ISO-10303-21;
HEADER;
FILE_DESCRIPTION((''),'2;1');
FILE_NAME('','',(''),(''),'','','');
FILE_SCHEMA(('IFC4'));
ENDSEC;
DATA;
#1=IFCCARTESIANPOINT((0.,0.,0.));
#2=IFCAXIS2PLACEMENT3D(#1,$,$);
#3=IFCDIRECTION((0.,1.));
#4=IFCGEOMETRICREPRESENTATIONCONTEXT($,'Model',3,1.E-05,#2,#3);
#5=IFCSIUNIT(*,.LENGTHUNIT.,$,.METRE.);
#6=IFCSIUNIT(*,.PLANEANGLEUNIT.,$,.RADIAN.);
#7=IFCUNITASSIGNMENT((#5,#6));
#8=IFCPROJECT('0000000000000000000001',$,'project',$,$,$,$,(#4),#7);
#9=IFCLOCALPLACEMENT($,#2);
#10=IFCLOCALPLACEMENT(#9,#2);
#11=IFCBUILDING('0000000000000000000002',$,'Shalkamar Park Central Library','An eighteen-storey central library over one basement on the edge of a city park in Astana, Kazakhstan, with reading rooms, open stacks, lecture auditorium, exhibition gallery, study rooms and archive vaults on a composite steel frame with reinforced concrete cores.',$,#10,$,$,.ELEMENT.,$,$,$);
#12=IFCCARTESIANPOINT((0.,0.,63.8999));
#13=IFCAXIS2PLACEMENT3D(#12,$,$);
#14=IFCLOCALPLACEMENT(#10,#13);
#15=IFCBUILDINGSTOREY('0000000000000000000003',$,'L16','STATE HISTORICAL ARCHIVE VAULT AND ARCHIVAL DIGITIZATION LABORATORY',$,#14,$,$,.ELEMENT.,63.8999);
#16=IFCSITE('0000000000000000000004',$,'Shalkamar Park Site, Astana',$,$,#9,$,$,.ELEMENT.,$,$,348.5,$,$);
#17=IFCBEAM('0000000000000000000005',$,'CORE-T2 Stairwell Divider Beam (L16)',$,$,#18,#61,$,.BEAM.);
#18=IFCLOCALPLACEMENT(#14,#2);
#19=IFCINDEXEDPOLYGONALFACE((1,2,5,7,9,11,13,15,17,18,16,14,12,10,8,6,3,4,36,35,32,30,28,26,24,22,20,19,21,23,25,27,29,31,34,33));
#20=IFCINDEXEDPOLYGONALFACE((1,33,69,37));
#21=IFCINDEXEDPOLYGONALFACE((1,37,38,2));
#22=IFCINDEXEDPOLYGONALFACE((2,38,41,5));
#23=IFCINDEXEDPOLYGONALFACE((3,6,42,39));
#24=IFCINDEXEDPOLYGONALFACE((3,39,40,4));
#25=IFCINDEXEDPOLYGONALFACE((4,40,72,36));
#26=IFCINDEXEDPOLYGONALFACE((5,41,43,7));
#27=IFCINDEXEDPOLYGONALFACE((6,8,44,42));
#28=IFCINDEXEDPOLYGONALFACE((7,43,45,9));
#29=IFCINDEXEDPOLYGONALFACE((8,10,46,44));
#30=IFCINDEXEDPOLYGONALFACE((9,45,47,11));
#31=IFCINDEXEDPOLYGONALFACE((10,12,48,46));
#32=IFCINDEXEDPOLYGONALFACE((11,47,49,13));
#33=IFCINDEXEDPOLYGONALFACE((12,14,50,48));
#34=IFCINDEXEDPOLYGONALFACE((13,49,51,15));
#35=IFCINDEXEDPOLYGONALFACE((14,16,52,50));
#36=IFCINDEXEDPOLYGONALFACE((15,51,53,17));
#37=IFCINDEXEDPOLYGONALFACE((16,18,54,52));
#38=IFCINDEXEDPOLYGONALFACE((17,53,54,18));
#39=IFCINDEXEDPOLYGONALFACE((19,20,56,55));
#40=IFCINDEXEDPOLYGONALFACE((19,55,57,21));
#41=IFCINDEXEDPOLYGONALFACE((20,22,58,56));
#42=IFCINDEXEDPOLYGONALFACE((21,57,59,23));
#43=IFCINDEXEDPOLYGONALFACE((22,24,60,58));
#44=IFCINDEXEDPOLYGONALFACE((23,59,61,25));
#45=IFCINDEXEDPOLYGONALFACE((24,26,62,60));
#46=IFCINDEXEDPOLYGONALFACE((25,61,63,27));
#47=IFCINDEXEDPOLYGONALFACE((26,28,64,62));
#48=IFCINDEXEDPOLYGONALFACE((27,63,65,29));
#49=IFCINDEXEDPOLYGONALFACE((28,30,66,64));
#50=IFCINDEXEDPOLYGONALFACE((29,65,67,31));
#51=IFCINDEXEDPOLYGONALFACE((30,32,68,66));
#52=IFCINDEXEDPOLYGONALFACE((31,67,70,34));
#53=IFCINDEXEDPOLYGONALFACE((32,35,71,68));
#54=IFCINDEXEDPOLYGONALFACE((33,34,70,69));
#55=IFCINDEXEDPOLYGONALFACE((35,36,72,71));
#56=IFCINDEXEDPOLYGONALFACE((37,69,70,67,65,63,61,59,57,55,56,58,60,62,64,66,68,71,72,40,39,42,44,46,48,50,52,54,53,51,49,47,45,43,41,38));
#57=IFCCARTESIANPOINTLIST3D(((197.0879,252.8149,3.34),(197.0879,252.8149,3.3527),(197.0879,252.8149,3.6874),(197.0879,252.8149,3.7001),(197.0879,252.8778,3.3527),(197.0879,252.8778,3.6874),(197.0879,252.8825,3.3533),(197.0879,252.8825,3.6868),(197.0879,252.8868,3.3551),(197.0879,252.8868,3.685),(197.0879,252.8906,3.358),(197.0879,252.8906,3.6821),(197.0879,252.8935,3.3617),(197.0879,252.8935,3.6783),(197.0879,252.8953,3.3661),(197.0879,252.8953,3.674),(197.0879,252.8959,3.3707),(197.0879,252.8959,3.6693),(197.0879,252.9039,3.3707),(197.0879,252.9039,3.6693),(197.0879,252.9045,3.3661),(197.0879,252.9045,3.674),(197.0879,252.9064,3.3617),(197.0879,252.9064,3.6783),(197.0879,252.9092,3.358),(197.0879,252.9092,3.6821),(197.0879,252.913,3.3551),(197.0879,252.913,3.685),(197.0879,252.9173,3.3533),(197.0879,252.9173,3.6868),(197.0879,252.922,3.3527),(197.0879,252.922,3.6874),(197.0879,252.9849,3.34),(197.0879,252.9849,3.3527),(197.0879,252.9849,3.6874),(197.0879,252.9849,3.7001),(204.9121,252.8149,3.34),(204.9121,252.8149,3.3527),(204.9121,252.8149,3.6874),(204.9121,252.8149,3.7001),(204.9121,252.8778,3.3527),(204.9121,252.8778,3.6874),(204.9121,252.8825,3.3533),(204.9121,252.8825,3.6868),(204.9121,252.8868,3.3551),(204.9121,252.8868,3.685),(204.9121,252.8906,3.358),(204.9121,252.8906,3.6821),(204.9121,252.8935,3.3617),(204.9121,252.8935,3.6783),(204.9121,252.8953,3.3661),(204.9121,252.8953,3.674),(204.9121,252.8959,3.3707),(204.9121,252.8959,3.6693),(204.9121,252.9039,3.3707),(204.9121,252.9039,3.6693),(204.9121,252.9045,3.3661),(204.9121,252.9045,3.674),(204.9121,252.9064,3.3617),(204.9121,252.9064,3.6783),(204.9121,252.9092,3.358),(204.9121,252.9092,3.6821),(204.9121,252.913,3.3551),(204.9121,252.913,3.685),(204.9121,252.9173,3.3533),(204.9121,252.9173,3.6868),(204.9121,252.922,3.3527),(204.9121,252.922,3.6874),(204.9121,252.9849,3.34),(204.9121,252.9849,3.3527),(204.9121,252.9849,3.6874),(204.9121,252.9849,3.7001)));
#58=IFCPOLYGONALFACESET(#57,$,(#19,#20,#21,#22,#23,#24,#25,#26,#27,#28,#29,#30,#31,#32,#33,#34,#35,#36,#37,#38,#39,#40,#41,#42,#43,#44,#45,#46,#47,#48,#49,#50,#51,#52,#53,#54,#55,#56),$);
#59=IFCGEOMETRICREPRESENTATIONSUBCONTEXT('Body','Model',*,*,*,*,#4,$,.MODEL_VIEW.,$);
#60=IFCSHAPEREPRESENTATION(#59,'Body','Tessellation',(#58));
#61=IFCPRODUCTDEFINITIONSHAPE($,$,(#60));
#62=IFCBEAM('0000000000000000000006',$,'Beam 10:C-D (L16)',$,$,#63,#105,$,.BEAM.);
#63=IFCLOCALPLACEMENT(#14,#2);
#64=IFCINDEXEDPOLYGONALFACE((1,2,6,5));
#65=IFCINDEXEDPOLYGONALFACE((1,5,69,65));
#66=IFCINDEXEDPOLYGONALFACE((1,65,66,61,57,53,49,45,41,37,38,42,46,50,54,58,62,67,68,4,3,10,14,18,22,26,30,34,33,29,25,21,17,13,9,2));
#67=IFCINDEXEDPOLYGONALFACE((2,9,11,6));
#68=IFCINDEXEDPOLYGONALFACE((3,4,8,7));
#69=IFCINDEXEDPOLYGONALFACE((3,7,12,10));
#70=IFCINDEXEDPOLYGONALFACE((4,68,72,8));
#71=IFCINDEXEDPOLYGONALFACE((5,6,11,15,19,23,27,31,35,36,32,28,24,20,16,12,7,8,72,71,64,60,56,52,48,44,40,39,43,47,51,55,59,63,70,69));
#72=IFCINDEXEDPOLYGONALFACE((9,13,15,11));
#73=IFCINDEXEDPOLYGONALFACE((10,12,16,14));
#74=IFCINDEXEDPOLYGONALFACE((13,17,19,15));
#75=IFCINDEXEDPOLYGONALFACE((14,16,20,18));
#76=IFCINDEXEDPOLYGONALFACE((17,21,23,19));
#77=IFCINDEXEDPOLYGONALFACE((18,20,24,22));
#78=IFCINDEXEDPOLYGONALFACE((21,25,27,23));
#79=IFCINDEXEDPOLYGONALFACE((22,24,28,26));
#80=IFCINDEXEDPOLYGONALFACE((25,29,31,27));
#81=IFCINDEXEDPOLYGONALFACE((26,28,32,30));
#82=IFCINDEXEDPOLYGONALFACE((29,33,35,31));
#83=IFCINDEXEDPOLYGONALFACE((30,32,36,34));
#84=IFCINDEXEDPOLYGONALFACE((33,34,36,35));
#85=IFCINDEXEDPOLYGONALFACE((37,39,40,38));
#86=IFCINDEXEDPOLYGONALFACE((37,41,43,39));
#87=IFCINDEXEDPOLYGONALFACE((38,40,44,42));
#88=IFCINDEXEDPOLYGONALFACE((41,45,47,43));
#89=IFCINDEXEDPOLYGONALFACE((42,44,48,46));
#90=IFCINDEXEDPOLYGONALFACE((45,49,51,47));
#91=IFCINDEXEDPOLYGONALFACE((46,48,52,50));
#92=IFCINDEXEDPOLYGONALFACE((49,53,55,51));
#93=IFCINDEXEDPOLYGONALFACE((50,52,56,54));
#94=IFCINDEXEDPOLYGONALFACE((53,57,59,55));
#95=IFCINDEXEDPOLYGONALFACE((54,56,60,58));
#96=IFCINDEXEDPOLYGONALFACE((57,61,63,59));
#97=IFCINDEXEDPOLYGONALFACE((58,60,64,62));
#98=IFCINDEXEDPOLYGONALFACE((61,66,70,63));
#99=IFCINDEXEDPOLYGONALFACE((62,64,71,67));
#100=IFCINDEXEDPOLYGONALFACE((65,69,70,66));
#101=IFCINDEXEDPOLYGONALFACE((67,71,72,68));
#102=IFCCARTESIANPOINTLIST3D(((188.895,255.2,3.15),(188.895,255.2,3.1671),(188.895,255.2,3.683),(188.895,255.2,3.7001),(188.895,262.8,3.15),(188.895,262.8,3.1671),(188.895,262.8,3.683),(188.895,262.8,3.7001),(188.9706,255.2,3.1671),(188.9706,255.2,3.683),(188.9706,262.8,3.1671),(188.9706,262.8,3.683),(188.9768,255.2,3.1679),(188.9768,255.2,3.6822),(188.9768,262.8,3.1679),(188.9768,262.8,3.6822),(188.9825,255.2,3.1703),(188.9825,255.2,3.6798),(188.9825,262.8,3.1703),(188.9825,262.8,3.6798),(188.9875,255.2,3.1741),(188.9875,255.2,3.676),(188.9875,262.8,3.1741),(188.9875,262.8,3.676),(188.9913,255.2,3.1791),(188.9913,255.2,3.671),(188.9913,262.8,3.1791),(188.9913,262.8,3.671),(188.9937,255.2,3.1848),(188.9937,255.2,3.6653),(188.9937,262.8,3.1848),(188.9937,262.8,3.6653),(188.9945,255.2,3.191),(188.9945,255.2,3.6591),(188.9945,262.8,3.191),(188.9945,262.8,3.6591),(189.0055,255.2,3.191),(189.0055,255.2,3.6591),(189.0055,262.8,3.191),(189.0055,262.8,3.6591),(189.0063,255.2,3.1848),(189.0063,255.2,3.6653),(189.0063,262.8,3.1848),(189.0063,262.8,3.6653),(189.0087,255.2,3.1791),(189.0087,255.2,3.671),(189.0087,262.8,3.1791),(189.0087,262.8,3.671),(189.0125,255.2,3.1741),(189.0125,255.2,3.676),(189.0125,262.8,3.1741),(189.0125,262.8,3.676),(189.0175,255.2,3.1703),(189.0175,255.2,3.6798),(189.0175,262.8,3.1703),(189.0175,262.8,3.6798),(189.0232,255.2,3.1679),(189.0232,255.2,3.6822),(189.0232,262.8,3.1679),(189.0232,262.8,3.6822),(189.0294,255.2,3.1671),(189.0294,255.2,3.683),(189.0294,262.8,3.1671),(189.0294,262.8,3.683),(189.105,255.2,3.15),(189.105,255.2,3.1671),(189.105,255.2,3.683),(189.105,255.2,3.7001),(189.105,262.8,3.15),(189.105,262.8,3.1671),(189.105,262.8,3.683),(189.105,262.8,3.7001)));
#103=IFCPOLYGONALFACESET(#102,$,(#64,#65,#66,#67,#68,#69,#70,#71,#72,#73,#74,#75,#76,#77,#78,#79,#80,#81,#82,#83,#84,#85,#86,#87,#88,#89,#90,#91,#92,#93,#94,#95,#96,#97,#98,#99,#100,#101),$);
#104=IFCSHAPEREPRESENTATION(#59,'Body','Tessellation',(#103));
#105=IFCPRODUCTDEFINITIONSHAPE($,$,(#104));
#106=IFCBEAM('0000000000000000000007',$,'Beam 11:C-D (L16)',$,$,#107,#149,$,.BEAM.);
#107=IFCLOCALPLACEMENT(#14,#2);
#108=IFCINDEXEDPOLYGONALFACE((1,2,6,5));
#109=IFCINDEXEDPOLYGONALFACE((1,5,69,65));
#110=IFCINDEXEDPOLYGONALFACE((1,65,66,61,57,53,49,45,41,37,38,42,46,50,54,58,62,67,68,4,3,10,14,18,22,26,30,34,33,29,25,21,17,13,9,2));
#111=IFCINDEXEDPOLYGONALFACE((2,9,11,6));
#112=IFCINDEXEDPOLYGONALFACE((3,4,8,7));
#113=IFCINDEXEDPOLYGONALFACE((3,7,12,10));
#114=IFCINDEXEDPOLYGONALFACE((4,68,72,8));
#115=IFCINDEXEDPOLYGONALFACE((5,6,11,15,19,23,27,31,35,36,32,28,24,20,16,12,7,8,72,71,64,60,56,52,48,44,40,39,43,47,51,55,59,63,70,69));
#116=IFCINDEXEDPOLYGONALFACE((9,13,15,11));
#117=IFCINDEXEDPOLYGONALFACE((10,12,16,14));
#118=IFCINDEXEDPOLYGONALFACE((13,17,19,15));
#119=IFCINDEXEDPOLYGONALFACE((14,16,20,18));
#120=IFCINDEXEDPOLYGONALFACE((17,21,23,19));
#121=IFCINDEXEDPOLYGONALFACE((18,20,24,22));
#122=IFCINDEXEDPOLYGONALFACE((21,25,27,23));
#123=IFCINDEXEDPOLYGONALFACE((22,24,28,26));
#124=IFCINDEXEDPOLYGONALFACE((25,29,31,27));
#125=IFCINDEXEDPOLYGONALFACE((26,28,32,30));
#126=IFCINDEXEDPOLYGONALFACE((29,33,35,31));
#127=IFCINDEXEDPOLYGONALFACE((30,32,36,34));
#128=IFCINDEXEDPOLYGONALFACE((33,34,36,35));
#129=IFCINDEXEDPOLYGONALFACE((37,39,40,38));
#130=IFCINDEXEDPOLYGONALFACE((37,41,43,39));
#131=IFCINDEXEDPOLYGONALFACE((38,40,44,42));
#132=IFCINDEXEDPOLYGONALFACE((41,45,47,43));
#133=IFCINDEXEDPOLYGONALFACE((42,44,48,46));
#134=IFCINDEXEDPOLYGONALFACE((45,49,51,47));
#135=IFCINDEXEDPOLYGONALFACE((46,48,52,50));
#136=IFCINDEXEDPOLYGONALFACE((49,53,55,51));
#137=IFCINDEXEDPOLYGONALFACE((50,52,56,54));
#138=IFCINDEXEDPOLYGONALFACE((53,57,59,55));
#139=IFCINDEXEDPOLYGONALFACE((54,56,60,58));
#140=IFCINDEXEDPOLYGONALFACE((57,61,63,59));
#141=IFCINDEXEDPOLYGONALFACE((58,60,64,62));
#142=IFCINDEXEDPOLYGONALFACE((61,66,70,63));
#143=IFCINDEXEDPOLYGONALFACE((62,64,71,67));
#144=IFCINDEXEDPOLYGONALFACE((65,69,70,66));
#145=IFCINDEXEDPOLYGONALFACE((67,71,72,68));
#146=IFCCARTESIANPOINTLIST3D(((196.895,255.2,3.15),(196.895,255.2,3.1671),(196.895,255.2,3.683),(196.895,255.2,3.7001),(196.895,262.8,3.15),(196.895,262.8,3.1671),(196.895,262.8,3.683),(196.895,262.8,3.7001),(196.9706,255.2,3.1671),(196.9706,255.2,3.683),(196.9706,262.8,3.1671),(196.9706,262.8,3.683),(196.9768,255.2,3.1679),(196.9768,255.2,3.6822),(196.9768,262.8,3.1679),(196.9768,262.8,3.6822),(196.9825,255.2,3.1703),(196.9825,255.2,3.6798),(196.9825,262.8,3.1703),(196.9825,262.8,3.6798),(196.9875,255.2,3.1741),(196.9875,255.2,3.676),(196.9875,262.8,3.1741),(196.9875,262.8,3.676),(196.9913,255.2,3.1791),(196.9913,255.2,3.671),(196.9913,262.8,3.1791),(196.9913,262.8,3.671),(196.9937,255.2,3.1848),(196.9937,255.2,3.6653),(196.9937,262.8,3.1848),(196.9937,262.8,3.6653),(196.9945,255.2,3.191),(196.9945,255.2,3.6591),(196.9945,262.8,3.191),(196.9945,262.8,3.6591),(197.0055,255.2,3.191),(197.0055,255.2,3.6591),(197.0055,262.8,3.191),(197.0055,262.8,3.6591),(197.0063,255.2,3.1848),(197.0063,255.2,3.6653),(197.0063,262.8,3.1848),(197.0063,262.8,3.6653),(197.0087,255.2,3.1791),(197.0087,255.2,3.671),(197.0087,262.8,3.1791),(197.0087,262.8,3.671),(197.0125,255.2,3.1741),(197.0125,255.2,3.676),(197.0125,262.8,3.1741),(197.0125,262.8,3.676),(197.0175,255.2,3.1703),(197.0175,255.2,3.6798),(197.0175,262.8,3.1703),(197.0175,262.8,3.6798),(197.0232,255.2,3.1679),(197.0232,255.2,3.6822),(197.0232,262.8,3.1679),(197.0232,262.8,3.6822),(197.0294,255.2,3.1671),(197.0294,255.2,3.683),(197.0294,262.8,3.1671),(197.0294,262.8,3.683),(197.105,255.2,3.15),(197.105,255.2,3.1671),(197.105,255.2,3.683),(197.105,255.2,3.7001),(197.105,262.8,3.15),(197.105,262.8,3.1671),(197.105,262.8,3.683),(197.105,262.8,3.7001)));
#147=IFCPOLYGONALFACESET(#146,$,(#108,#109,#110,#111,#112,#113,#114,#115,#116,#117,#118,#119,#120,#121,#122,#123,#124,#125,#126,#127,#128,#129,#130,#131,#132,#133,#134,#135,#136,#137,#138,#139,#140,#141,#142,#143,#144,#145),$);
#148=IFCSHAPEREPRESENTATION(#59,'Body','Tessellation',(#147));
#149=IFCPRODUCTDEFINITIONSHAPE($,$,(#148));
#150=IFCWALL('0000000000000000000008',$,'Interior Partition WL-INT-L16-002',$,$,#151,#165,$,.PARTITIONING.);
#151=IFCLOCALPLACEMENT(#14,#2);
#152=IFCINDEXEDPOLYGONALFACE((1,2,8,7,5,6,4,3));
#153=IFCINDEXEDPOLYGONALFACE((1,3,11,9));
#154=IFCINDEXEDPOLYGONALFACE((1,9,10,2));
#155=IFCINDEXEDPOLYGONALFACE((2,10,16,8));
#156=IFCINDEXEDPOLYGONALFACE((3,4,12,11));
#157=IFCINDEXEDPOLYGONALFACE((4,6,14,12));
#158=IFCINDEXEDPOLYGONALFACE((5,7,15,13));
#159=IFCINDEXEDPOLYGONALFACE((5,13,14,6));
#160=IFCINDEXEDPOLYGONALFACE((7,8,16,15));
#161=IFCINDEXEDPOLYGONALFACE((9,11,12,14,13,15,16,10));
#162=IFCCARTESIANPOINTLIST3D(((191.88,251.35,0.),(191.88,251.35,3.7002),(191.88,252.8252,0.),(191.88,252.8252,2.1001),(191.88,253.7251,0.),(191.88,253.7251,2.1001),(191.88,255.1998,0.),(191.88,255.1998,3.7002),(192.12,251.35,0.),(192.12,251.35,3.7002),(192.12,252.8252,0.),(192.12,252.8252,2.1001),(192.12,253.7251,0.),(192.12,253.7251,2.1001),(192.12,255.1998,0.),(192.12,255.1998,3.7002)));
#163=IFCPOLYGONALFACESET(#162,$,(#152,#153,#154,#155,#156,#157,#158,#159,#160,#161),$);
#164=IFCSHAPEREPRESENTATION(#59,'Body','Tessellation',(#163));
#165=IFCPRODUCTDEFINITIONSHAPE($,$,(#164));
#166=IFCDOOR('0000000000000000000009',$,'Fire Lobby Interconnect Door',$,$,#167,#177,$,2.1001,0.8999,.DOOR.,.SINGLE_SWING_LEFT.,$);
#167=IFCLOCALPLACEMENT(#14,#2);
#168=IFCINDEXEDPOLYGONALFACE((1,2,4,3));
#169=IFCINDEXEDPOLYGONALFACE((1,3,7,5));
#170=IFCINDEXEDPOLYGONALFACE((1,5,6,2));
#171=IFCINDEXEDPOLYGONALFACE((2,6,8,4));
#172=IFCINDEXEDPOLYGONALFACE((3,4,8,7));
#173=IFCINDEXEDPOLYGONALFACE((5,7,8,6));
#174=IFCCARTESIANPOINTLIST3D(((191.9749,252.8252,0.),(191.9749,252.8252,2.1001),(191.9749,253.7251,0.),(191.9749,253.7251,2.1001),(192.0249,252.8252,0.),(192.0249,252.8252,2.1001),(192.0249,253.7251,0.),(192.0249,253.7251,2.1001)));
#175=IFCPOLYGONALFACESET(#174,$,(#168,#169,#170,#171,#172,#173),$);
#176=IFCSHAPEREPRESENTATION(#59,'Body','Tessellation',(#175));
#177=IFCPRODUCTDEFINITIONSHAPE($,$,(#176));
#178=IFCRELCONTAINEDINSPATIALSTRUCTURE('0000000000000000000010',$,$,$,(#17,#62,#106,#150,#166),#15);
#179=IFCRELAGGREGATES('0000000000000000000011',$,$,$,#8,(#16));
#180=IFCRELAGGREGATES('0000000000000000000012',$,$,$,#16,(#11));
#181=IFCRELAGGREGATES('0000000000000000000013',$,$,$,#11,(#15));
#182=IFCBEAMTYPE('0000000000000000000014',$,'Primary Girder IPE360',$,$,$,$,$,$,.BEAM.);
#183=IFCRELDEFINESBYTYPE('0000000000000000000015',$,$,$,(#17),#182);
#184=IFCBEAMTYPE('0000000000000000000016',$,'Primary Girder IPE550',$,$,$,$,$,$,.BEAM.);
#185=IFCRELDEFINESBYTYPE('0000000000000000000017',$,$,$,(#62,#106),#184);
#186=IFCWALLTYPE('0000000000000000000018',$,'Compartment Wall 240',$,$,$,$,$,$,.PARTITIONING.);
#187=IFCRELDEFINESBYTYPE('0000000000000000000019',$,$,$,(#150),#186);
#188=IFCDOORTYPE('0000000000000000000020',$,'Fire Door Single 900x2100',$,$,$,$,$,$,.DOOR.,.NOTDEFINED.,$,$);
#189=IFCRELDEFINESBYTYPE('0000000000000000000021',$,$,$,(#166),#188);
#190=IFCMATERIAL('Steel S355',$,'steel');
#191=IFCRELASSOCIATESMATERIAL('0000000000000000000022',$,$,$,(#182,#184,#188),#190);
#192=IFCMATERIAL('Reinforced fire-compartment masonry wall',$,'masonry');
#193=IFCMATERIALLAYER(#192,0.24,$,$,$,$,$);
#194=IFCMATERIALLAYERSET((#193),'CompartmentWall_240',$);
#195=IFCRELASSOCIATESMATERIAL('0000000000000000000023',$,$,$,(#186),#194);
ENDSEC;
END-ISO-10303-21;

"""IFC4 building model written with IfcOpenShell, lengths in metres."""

from ifc_helpers import new_model, si_unit, direction, frame, frame_2d, origin, origin_2d, place, context, subcontext, project, spatial, rectangle, i_section, extrude, material, layer, layer_set, material_profile, profile_set, type_object, element, fill, save


model = new_model("IFC4")

# Units and contexts
model_context = context("Model", 3, precision=1e-05, world=origin(), true_north=direction((0.0, 1.0)))
body_context = subcontext(model_context, "Body", "Model", "MODEL_VIEW")
ifc_project = project(units=[si_unit("LENGTHUNIT", "METRE"), si_unit("PLANEANGLEUNIT", "RADIAN")], contexts=[model_context])

# Site, building, storey
site_placement = place(None, origin())
site = spatial("IfcSite", under=ifc_project, at=site_placement, Name="Shalkamar Park Site, Astana", CompositionType="ELEMENT", RefElevation=348.5)
building_placement = place(site_placement, origin())
building = spatial("IfcBuilding", under=site, at=building_placement, Name="Shalkamar Park Central Library", Description="An eighteen-storey central library over one basement on the edge of a city park in Astana, Kazakhstan, with reading rooms, open stacks, lecture auditorium, exhibition gallery, study rooms and archive vaults on a composite steel frame with reinforced concrete cores.", CompositionType="ELEMENT")
storey_placement = place(building_placement, frame((0.0, 0.0, 63.8999)))
storey = spatial("IfcBuildingStorey", under=building, at=storey_placement, Name="L16", Description="STATE HISTORICAL ARCHIVE VAULT AND ARCHIVAL DIGITIZATION LABORATORY", CompositionType="ELEMENT", Elevation=63.8999)

# Shared definitions
ifc_material_1 = material(Name="Steel S355", Category="steel")

# Beams
ifc_material_profile_1 = material_profile(ifc_material_1, i_section(OverallWidth=0.1699, OverallDepth=0.3601, WebThickness=0.0081, FlangeThickness=0.0127, FilletRadius=0.0181, at=origin_2d()), Name="IPE 360")
ifc_profile_set_1 = profile_set([ifc_material_profile_1], Name="Steel S355")
beam_type_1 = type_object("IfcBeamType", Name="Primary Girder IPE360", PredefinedType="BEAM", material=ifc_profile_set_1)
beam_1_placement = place(storey_placement, frame((197.0879, 252.8999, 3.52), z_axis=(1.0, 0.0, 0.0), x_axis=(0.0, 1.0, 0.0)))
element("IfcBeam", 1, at=beam_1_placement, inside=storey, type_object=beam_type_1, Name="CORE-T2 Stairwell Divider Beam (L16)", PredefinedType="BEAM", context=body_context, shape_type="SweptSolid", body=[
    extrude(i_section(OverallWidth=0.1699, OverallDepth=0.3601, WebThickness=0.0081, FlangeThickness=0.0127, FilletRadius=0.0181, at=origin_2d()), origin(), (0.0, 0.0, 1.0), 7.8242),
])
ifc_material_profile_2 = material_profile(ifc_material_1, i_section(OverallWidth=0.21, OverallDepth=0.55, WebThickness=0.011, FlangeThickness=0.0171, FilletRadius=0.0239, at=origin_2d()), Name="IPE 550")
ifc_profile_set_2 = profile_set([ifc_material_profile_2], Name="Steel S355")
beam_type_2 = type_object("IfcBeamType", Name="Primary Girder IPE550", PredefinedType="BEAM", material=ifc_profile_set_2)
for number, where, z_axis, x_axis, name in (
    (2, (189.0, 255.2, 3.425), (0.0, 1.0, 0.0), (-1.0, 0.0, 0.0), "Beam 10:C-D (L16)"),
    (3, (197.0, 255.2, 3.425), (0.0, 1.0, 0.0), (-1.0, 0.0, 0.0), "Beam 11:C-D (L16)"),
):
    element("IfcBeam", number, at=place(storey_placement, frame(where, z_axis=z_axis, x_axis=x_axis)), inside=storey, type_object=beam_type_2, Name=name, PredefinedType="BEAM", context=body_context, shape_type="SweptSolid", body=[
        extrude(i_section(OverallWidth=0.21, OverallDepth=0.55, WebThickness=0.011, FlangeThickness=0.0171, FilletRadius=0.0239, at=origin_2d()), origin(), (0.0, 0.0, 1.0), 7.6001),
    ])

# Wall, opening, door
ifc_material_2 = material(Name="Reinforced fire-compartment masonry wall", Category="masonry")
ifc_layer_1 = layer(ifc_material_2, 0.24)
ifc_layer_set_1 = layer_set([ifc_layer_1], Name="CompartmentWall_240")
wall_type_1 = type_object("IfcWallType", Name="Compartment Wall 240", PredefinedType="PARTITIONING", material=ifc_layer_set_1)
wall_1_placement = place(storey_placement, frame((192.0, 251.3501, 0.0), z_axis=(0.0, 0.0, 1.0), x_axis=(0.0, 1.0, 0.0)))
wall_1 = element("IfcWall", 4, at=wall_1_placement, inside=storey, type_object=wall_type_1, Name="Interior Partition WL-INT-L16-002", PredefinedType="PARTITIONING", context=body_context, shape_type="SweptSolid", body=[
    extrude(rectangle(XDim=3.8499, YDim=0.24, at=frame_2d((1.9248, 0.0))), origin(), (0.0, 0.0, 1.0), 3.7002),
])
opening_1_placement = place(wall_1_placement, frame((1.4751, 0.0, 0.0)))
opening_1 = element("IfcOpeningElement", 5, at=opening_1_placement, cuts=wall_1, PredefinedType="OPENING", context=body_context, shape_type="SweptSolid", body=[
    extrude(rectangle(XDim=0.8999, YDim=2.1001, at=frame_2d((0.45, 1.05))), frame((0.0, 0.1348, 0.0), z_axis=(0.0, -1.0, 0.0), x_axis=(1.0, 0.0, 0.0)), (0.0, 0.0, 1.0), 0.2698),
])
door_type_1 = type_object("IfcDoorType", Name="Fire Door Single 900x2100", OperationType="NOTDEFINED", PredefinedType="DOOR", material=ifc_material_1)
door_1_placement = place(opening_1_placement, frame((0.8999, 0.0, 0.0), z_axis=(0.0, 0.0, 1.0), x_axis=(-1.0, 0.0, 0.0)))
door_1 = element("IfcDoor", 6, at=door_1_placement, inside=storey, type_object=door_type_1, Name="Fire Lobby Interconnect Door", OperationType="SINGLE_SWING_LEFT", OverallHeight=2.1001, OverallWidth=0.8999, PredefinedType="DOOR", context=body_context, shape_type="SweptSolid", body=[
    extrude(rectangle(XDim=0.8999, YDim=2.1001, at=frame_2d((0.45, 1.05))), frame((0.0, 0.0249, 0.0), z_axis=(0.0, -1.0, 0.0), x_axis=(1.0, 0.0, 0.0)), (0.0, 0.0, 1.0), 0.05),
])
fill(opening_1, door_1)

save(model, "model.ifc")
